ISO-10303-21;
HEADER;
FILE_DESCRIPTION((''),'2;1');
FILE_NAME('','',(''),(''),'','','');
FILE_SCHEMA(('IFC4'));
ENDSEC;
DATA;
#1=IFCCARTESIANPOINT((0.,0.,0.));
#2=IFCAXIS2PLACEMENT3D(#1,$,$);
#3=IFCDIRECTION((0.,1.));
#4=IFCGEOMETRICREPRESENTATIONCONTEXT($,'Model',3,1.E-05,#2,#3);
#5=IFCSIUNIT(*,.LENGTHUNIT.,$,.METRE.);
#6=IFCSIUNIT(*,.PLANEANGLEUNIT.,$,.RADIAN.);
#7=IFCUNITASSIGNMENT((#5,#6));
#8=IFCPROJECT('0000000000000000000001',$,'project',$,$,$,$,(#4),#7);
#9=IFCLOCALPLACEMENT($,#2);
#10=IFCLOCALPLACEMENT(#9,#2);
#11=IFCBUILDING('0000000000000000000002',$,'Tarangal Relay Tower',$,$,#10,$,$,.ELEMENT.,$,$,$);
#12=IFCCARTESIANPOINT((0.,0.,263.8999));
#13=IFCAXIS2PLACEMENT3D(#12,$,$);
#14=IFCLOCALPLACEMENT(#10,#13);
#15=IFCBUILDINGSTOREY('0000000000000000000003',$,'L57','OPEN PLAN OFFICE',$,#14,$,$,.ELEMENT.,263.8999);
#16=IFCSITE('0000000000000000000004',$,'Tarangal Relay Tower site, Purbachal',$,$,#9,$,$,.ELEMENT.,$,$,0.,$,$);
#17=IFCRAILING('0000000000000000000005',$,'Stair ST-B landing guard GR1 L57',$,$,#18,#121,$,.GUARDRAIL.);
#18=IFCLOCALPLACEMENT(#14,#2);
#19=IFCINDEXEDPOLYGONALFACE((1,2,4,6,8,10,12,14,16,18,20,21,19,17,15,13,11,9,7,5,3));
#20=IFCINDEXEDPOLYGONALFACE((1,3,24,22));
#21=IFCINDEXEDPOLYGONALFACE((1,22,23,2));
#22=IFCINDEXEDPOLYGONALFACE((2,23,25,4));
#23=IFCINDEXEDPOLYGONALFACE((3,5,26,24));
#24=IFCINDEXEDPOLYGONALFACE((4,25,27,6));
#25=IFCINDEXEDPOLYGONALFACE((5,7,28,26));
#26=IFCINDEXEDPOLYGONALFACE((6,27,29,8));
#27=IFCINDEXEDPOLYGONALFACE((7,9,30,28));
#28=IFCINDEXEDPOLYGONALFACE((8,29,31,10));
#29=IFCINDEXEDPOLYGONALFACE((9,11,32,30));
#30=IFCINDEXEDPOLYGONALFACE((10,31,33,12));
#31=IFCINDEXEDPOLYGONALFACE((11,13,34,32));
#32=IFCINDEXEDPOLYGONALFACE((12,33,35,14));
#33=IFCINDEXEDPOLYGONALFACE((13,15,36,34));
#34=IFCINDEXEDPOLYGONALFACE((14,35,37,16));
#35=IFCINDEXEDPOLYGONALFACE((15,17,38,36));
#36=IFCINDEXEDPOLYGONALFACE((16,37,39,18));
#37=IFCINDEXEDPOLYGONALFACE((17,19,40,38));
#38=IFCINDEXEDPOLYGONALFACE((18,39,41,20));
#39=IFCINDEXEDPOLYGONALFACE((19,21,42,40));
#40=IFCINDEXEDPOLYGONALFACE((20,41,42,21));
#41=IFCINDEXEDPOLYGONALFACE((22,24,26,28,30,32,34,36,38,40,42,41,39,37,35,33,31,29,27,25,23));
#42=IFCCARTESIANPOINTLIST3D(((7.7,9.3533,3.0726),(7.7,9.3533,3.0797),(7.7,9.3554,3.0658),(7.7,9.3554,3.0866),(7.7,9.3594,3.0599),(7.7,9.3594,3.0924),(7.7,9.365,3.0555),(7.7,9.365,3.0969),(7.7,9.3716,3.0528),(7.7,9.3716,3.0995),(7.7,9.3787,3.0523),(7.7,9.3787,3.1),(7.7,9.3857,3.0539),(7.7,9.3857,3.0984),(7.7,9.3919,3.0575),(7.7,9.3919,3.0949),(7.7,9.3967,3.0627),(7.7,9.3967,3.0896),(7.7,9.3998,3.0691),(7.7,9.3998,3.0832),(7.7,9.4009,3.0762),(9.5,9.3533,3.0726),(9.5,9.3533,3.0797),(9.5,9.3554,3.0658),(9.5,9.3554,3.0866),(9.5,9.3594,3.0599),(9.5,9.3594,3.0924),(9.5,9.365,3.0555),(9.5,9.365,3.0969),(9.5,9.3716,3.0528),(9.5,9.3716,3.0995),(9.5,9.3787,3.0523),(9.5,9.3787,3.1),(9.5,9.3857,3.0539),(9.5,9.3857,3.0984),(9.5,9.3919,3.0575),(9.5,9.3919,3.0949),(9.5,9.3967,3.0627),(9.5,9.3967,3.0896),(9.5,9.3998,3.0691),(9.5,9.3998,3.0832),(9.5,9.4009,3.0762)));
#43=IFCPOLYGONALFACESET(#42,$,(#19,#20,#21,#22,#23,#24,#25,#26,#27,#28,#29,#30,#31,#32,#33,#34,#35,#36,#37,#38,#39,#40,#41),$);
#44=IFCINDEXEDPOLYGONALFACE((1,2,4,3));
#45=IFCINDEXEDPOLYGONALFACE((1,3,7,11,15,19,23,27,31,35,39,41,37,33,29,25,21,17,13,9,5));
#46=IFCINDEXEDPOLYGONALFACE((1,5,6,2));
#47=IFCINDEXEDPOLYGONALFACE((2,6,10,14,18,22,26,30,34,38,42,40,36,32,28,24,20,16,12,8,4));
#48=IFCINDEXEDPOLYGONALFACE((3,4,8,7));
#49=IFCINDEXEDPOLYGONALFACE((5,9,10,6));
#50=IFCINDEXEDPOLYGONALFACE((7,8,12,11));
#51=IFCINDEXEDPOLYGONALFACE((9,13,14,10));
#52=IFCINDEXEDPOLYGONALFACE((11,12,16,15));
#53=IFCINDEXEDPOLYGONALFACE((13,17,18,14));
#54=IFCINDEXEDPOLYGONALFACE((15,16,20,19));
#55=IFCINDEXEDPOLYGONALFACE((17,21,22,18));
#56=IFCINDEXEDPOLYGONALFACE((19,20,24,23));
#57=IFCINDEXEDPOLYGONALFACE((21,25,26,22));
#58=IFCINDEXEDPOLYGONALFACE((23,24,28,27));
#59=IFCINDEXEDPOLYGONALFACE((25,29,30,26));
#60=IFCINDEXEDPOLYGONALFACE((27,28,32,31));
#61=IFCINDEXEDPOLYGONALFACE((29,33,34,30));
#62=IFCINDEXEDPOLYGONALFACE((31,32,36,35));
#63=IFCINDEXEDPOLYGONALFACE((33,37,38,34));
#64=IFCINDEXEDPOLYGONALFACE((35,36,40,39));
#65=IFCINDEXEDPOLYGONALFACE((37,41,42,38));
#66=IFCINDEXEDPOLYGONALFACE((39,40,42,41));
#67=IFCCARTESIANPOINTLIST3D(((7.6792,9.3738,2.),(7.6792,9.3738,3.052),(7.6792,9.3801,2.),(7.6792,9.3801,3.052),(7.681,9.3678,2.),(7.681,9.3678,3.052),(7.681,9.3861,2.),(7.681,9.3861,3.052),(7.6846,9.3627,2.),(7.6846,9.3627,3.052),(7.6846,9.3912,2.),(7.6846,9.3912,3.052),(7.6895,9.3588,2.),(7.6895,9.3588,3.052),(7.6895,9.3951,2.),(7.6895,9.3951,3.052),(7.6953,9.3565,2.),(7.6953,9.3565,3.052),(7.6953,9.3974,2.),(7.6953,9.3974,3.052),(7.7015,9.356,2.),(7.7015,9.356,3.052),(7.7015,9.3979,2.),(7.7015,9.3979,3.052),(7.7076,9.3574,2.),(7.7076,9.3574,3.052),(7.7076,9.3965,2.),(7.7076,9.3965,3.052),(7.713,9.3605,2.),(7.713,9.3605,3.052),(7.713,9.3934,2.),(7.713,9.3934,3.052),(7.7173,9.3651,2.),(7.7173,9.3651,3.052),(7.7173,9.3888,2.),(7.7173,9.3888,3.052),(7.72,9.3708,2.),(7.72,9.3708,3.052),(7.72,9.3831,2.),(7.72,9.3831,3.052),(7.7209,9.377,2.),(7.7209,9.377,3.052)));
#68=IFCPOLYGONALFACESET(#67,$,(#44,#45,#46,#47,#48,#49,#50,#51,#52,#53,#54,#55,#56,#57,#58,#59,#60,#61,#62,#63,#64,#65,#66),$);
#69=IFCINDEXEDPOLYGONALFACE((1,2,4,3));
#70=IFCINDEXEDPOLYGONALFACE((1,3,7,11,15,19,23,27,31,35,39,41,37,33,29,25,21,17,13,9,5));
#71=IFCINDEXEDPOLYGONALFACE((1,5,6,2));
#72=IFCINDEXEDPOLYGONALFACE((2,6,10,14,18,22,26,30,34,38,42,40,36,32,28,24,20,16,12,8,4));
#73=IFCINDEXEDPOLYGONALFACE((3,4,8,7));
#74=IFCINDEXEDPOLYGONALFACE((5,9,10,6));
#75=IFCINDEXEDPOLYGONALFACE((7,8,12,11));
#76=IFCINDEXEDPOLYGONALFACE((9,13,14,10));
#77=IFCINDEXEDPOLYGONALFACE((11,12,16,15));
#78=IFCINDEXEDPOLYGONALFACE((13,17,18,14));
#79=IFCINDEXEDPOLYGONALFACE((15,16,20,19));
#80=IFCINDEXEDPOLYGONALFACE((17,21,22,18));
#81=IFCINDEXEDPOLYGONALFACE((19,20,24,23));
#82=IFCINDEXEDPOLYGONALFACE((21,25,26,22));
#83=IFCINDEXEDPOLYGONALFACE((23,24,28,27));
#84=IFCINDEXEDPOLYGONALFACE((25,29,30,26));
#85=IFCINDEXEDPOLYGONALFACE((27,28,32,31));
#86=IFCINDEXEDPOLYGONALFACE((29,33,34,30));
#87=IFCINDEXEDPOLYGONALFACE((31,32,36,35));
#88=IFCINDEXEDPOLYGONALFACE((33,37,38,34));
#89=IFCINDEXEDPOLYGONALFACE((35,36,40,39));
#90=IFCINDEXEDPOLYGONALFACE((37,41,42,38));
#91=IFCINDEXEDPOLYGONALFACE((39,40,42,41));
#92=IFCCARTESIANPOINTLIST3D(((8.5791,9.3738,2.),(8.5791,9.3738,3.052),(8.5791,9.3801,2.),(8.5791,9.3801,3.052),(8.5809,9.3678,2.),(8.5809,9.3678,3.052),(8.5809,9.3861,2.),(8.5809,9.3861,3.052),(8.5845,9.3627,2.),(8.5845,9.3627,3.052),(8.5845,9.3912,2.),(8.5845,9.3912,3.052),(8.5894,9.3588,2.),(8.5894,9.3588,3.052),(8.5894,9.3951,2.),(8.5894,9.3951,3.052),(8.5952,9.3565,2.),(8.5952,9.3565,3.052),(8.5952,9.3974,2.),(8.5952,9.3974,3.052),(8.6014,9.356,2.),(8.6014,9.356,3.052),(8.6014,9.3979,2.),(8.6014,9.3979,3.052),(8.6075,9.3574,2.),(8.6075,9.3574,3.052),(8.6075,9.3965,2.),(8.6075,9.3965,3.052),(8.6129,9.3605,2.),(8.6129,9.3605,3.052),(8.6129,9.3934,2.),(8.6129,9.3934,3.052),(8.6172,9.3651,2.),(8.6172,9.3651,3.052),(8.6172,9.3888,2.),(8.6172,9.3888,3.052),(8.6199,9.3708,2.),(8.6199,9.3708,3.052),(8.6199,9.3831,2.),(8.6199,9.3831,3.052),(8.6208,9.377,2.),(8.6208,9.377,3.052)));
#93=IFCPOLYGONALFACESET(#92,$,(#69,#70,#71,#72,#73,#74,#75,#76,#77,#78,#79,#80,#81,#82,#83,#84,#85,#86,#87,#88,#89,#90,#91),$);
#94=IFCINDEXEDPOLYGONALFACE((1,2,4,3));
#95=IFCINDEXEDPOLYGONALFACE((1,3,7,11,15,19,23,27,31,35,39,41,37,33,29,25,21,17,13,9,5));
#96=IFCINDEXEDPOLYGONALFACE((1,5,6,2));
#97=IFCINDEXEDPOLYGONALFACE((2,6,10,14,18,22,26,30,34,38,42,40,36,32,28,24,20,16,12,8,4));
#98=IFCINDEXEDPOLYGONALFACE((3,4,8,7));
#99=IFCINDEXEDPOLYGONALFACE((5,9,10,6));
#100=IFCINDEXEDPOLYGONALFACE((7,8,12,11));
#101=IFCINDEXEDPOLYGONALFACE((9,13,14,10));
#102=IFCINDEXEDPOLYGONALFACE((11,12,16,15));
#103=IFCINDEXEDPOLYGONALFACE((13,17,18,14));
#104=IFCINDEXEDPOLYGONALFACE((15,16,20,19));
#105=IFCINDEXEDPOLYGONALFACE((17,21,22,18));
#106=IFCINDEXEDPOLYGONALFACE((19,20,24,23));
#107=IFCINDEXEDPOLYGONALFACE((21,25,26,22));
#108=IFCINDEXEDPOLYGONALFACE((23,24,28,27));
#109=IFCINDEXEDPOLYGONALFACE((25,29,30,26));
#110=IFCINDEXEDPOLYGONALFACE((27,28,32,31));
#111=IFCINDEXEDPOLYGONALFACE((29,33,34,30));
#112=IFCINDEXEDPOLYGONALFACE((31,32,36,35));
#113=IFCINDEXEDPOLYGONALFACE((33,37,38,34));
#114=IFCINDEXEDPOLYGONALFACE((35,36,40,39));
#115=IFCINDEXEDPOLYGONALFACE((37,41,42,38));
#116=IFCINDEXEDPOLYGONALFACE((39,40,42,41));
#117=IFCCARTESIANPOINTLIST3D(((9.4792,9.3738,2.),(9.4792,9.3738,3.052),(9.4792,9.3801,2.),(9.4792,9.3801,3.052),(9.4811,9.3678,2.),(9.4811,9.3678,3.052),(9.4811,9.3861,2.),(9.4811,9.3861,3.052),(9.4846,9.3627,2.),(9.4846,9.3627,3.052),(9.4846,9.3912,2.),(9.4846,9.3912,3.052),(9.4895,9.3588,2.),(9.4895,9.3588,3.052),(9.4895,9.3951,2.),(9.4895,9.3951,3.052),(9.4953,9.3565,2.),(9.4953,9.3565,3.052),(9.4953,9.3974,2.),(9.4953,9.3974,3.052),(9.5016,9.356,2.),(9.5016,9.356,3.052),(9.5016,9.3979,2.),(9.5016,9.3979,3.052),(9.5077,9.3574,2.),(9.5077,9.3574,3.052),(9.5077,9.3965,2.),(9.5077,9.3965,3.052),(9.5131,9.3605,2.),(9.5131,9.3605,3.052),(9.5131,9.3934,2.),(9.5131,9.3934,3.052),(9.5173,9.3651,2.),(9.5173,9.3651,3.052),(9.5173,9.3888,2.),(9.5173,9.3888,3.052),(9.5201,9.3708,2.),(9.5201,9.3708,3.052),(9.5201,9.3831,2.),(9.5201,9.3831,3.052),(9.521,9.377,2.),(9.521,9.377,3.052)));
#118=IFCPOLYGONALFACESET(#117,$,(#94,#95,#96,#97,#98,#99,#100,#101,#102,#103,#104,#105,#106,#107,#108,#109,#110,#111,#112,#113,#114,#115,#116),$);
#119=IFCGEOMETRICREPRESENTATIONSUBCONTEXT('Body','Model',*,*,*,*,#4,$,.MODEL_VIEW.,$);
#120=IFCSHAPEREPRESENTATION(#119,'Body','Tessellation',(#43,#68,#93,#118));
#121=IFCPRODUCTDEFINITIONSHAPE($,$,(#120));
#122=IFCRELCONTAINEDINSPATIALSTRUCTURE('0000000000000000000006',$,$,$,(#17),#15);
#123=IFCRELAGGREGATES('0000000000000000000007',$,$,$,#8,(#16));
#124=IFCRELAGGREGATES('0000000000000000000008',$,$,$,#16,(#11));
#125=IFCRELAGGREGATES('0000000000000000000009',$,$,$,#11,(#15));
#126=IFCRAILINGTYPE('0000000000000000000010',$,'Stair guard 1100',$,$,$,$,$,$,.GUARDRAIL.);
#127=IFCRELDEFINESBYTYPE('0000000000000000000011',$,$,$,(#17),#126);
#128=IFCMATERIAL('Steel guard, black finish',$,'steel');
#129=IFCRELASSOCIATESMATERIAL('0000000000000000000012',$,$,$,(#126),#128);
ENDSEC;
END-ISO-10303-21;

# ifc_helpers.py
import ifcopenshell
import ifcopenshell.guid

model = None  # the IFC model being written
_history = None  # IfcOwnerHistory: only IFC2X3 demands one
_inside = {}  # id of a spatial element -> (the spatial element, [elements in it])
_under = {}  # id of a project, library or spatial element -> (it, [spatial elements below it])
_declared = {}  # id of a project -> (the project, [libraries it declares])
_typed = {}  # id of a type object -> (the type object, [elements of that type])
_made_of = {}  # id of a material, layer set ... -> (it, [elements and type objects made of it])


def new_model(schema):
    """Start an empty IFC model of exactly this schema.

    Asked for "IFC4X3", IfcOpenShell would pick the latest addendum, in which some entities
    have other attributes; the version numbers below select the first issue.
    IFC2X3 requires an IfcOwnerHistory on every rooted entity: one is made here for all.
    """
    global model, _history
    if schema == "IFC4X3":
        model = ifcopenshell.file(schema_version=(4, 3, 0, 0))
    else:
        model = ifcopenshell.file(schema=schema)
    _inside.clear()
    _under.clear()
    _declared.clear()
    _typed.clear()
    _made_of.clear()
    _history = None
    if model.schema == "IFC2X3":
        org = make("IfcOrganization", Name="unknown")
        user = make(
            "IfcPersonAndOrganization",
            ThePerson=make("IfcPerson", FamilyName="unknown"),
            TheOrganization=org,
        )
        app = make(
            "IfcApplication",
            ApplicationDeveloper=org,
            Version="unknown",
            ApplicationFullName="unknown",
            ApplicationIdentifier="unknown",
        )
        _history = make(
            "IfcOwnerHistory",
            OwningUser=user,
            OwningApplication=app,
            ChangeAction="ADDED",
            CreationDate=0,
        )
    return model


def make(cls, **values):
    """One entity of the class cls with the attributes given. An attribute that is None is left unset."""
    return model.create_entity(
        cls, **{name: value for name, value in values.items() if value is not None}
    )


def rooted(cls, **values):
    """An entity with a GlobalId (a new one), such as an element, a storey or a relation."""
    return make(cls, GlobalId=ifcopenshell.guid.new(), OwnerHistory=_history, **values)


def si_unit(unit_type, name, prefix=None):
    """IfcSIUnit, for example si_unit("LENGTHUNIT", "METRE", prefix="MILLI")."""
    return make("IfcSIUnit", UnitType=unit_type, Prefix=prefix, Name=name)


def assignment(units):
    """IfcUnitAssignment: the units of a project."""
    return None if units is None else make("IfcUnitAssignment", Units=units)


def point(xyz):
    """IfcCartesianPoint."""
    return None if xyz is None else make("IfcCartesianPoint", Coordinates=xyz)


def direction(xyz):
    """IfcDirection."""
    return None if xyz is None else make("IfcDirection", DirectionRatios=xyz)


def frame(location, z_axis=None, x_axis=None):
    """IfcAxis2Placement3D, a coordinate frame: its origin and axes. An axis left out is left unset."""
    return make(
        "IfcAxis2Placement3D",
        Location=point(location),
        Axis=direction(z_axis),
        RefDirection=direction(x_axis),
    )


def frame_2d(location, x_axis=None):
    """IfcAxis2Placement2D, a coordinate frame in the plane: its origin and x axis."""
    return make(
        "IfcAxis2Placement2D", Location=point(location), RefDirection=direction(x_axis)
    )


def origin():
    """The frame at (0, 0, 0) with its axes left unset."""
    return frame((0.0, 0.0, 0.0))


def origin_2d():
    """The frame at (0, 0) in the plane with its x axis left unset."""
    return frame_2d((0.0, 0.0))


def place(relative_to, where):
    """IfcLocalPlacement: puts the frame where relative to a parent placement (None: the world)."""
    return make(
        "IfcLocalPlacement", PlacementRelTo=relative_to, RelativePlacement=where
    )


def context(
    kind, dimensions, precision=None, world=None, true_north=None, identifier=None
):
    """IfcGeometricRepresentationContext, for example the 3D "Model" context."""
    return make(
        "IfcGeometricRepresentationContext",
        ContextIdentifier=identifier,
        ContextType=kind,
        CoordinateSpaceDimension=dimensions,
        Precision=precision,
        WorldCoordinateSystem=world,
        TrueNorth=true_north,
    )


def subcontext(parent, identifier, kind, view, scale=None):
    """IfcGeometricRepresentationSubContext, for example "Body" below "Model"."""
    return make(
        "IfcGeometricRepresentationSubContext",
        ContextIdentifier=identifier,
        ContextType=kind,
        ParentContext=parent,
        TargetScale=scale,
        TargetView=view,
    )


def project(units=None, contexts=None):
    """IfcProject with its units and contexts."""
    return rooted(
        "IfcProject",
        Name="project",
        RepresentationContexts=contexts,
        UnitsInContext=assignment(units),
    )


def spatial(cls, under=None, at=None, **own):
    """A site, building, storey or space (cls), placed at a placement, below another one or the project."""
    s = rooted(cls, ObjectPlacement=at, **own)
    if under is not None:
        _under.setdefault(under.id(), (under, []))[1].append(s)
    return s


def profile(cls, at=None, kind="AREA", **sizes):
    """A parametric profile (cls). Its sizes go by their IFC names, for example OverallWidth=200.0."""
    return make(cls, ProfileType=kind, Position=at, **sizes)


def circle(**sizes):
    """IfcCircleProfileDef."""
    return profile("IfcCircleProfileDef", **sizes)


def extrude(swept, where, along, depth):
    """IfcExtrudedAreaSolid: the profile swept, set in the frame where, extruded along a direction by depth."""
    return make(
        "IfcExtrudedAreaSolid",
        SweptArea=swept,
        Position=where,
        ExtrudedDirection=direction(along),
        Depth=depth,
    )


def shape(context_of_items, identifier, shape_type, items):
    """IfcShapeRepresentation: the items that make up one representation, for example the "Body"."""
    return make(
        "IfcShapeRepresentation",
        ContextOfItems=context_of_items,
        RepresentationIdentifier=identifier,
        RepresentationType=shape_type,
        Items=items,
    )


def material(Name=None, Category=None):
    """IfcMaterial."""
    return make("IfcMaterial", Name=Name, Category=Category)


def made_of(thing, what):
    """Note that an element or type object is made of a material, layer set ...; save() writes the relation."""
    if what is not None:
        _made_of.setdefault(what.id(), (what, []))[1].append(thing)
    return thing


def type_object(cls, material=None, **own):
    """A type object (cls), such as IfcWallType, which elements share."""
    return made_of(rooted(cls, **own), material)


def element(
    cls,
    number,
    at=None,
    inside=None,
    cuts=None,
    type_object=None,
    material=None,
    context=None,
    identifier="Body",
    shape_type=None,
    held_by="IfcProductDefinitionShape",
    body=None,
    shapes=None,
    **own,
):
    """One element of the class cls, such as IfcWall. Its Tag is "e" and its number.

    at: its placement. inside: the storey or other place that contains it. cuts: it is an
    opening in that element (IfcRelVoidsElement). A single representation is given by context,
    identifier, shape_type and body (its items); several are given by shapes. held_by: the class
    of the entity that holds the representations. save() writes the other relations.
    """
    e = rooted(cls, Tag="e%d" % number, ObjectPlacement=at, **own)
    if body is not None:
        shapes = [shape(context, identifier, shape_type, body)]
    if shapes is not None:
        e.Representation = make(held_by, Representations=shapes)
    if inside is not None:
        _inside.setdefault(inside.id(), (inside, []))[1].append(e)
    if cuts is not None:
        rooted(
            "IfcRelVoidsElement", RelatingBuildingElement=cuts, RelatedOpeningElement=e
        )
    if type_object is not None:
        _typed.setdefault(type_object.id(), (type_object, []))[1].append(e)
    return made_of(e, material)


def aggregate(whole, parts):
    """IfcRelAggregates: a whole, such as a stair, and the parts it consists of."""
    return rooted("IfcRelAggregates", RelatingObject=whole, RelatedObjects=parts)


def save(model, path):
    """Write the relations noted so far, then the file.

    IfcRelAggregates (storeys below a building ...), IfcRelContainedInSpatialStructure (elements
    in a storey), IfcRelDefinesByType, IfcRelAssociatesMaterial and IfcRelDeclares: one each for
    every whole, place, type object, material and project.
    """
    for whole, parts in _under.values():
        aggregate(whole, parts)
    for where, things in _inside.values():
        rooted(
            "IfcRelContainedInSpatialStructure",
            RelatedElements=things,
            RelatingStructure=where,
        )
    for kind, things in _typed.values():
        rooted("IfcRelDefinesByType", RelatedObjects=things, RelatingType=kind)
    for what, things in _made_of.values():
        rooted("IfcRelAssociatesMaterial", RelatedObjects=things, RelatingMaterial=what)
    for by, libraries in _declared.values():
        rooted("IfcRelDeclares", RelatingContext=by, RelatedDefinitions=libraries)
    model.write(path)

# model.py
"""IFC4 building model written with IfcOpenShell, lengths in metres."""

from ifc_helpers import new_model, si_unit, direction, frame, origin, origin_2d, place, context, subcontext, project, spatial, circle, extrude, material, type_object, element, save


model = new_model("IFC4")

# Units and contexts
model_context = context("Model", 3, precision=1e-05, world=origin(), true_north=direction((0.0, 1.0)))
body_context = subcontext(model_context, "Body", "Model", "MODEL_VIEW")
ifc_project = project(units=[si_unit("LENGTHUNIT", "METRE"), si_unit("PLANEANGLEUNIT", "RADIAN")], contexts=[model_context])

# Site, building, storey
site_placement = place(None, origin())
site = spatial("IfcSite", under=ifc_project, at=site_placement, Name="Tarangal Relay Tower site, Purbachal", CompositionType="ELEMENT", RefElevation=0.0)
building_placement = place(site_placement, origin())
building = spatial("IfcBuilding", under=site, at=building_placement, Name="Tarangal Relay Tower", CompositionType="ELEMENT")
storey_placement = place(building_placement, frame((0.0, 0.0, 263.8999)))
storey = spatial("IfcBuildingStorey", under=building, at=storey_placement, Name="L57", Description="OPEN PLAN OFFICE", CompositionType="ELEMENT", Elevation=263.8999)

# Railing
ifc_material_1 = material(Name="Steel guard, black finish", Category="steel")
railing_type_1 = type_object("IfcRailingType", Name="Stair guard 1100", PredefinedType="GUARDRAIL", material=ifc_material_1)
railing_1_placement = place(storey_placement, frame((7.7, 9.377, 2.0)))
element("IfcRailing", 1, at=railing_1_placement, inside=storey, type_object=railing_type_1, Name="Stair ST-B landing guard GR1 L57", PredefinedType="GUARDRAIL", context=body_context, shape_type="SweptSolid", body=[
    extrude(circle(Radius=0.0239, at=origin_2d()), frame((0.0, 0.0, 1.0762), z_axis=(1.0, 0.0, 0.0), x_axis=(0.0, 1.0, 0.0)), (0.0, 0.0, 1.0), 1.8),
    extrude(circle(Radius=0.021, at=origin_2d()), origin(), (0.0, 0.0, 1.0), 1.052),
    extrude(circle(Radius=0.021, at=origin_2d()), frame((0.8999, 0.0, 0.0)), (0.0, 0.0, 1.0), 1.052),
    extrude(circle(Radius=0.021, at=origin_2d()), frame((1.8, 0.0, 0.0)), (0.0, 0.0, 1.0), 1.052),
])

save(model, "model.ifc")
